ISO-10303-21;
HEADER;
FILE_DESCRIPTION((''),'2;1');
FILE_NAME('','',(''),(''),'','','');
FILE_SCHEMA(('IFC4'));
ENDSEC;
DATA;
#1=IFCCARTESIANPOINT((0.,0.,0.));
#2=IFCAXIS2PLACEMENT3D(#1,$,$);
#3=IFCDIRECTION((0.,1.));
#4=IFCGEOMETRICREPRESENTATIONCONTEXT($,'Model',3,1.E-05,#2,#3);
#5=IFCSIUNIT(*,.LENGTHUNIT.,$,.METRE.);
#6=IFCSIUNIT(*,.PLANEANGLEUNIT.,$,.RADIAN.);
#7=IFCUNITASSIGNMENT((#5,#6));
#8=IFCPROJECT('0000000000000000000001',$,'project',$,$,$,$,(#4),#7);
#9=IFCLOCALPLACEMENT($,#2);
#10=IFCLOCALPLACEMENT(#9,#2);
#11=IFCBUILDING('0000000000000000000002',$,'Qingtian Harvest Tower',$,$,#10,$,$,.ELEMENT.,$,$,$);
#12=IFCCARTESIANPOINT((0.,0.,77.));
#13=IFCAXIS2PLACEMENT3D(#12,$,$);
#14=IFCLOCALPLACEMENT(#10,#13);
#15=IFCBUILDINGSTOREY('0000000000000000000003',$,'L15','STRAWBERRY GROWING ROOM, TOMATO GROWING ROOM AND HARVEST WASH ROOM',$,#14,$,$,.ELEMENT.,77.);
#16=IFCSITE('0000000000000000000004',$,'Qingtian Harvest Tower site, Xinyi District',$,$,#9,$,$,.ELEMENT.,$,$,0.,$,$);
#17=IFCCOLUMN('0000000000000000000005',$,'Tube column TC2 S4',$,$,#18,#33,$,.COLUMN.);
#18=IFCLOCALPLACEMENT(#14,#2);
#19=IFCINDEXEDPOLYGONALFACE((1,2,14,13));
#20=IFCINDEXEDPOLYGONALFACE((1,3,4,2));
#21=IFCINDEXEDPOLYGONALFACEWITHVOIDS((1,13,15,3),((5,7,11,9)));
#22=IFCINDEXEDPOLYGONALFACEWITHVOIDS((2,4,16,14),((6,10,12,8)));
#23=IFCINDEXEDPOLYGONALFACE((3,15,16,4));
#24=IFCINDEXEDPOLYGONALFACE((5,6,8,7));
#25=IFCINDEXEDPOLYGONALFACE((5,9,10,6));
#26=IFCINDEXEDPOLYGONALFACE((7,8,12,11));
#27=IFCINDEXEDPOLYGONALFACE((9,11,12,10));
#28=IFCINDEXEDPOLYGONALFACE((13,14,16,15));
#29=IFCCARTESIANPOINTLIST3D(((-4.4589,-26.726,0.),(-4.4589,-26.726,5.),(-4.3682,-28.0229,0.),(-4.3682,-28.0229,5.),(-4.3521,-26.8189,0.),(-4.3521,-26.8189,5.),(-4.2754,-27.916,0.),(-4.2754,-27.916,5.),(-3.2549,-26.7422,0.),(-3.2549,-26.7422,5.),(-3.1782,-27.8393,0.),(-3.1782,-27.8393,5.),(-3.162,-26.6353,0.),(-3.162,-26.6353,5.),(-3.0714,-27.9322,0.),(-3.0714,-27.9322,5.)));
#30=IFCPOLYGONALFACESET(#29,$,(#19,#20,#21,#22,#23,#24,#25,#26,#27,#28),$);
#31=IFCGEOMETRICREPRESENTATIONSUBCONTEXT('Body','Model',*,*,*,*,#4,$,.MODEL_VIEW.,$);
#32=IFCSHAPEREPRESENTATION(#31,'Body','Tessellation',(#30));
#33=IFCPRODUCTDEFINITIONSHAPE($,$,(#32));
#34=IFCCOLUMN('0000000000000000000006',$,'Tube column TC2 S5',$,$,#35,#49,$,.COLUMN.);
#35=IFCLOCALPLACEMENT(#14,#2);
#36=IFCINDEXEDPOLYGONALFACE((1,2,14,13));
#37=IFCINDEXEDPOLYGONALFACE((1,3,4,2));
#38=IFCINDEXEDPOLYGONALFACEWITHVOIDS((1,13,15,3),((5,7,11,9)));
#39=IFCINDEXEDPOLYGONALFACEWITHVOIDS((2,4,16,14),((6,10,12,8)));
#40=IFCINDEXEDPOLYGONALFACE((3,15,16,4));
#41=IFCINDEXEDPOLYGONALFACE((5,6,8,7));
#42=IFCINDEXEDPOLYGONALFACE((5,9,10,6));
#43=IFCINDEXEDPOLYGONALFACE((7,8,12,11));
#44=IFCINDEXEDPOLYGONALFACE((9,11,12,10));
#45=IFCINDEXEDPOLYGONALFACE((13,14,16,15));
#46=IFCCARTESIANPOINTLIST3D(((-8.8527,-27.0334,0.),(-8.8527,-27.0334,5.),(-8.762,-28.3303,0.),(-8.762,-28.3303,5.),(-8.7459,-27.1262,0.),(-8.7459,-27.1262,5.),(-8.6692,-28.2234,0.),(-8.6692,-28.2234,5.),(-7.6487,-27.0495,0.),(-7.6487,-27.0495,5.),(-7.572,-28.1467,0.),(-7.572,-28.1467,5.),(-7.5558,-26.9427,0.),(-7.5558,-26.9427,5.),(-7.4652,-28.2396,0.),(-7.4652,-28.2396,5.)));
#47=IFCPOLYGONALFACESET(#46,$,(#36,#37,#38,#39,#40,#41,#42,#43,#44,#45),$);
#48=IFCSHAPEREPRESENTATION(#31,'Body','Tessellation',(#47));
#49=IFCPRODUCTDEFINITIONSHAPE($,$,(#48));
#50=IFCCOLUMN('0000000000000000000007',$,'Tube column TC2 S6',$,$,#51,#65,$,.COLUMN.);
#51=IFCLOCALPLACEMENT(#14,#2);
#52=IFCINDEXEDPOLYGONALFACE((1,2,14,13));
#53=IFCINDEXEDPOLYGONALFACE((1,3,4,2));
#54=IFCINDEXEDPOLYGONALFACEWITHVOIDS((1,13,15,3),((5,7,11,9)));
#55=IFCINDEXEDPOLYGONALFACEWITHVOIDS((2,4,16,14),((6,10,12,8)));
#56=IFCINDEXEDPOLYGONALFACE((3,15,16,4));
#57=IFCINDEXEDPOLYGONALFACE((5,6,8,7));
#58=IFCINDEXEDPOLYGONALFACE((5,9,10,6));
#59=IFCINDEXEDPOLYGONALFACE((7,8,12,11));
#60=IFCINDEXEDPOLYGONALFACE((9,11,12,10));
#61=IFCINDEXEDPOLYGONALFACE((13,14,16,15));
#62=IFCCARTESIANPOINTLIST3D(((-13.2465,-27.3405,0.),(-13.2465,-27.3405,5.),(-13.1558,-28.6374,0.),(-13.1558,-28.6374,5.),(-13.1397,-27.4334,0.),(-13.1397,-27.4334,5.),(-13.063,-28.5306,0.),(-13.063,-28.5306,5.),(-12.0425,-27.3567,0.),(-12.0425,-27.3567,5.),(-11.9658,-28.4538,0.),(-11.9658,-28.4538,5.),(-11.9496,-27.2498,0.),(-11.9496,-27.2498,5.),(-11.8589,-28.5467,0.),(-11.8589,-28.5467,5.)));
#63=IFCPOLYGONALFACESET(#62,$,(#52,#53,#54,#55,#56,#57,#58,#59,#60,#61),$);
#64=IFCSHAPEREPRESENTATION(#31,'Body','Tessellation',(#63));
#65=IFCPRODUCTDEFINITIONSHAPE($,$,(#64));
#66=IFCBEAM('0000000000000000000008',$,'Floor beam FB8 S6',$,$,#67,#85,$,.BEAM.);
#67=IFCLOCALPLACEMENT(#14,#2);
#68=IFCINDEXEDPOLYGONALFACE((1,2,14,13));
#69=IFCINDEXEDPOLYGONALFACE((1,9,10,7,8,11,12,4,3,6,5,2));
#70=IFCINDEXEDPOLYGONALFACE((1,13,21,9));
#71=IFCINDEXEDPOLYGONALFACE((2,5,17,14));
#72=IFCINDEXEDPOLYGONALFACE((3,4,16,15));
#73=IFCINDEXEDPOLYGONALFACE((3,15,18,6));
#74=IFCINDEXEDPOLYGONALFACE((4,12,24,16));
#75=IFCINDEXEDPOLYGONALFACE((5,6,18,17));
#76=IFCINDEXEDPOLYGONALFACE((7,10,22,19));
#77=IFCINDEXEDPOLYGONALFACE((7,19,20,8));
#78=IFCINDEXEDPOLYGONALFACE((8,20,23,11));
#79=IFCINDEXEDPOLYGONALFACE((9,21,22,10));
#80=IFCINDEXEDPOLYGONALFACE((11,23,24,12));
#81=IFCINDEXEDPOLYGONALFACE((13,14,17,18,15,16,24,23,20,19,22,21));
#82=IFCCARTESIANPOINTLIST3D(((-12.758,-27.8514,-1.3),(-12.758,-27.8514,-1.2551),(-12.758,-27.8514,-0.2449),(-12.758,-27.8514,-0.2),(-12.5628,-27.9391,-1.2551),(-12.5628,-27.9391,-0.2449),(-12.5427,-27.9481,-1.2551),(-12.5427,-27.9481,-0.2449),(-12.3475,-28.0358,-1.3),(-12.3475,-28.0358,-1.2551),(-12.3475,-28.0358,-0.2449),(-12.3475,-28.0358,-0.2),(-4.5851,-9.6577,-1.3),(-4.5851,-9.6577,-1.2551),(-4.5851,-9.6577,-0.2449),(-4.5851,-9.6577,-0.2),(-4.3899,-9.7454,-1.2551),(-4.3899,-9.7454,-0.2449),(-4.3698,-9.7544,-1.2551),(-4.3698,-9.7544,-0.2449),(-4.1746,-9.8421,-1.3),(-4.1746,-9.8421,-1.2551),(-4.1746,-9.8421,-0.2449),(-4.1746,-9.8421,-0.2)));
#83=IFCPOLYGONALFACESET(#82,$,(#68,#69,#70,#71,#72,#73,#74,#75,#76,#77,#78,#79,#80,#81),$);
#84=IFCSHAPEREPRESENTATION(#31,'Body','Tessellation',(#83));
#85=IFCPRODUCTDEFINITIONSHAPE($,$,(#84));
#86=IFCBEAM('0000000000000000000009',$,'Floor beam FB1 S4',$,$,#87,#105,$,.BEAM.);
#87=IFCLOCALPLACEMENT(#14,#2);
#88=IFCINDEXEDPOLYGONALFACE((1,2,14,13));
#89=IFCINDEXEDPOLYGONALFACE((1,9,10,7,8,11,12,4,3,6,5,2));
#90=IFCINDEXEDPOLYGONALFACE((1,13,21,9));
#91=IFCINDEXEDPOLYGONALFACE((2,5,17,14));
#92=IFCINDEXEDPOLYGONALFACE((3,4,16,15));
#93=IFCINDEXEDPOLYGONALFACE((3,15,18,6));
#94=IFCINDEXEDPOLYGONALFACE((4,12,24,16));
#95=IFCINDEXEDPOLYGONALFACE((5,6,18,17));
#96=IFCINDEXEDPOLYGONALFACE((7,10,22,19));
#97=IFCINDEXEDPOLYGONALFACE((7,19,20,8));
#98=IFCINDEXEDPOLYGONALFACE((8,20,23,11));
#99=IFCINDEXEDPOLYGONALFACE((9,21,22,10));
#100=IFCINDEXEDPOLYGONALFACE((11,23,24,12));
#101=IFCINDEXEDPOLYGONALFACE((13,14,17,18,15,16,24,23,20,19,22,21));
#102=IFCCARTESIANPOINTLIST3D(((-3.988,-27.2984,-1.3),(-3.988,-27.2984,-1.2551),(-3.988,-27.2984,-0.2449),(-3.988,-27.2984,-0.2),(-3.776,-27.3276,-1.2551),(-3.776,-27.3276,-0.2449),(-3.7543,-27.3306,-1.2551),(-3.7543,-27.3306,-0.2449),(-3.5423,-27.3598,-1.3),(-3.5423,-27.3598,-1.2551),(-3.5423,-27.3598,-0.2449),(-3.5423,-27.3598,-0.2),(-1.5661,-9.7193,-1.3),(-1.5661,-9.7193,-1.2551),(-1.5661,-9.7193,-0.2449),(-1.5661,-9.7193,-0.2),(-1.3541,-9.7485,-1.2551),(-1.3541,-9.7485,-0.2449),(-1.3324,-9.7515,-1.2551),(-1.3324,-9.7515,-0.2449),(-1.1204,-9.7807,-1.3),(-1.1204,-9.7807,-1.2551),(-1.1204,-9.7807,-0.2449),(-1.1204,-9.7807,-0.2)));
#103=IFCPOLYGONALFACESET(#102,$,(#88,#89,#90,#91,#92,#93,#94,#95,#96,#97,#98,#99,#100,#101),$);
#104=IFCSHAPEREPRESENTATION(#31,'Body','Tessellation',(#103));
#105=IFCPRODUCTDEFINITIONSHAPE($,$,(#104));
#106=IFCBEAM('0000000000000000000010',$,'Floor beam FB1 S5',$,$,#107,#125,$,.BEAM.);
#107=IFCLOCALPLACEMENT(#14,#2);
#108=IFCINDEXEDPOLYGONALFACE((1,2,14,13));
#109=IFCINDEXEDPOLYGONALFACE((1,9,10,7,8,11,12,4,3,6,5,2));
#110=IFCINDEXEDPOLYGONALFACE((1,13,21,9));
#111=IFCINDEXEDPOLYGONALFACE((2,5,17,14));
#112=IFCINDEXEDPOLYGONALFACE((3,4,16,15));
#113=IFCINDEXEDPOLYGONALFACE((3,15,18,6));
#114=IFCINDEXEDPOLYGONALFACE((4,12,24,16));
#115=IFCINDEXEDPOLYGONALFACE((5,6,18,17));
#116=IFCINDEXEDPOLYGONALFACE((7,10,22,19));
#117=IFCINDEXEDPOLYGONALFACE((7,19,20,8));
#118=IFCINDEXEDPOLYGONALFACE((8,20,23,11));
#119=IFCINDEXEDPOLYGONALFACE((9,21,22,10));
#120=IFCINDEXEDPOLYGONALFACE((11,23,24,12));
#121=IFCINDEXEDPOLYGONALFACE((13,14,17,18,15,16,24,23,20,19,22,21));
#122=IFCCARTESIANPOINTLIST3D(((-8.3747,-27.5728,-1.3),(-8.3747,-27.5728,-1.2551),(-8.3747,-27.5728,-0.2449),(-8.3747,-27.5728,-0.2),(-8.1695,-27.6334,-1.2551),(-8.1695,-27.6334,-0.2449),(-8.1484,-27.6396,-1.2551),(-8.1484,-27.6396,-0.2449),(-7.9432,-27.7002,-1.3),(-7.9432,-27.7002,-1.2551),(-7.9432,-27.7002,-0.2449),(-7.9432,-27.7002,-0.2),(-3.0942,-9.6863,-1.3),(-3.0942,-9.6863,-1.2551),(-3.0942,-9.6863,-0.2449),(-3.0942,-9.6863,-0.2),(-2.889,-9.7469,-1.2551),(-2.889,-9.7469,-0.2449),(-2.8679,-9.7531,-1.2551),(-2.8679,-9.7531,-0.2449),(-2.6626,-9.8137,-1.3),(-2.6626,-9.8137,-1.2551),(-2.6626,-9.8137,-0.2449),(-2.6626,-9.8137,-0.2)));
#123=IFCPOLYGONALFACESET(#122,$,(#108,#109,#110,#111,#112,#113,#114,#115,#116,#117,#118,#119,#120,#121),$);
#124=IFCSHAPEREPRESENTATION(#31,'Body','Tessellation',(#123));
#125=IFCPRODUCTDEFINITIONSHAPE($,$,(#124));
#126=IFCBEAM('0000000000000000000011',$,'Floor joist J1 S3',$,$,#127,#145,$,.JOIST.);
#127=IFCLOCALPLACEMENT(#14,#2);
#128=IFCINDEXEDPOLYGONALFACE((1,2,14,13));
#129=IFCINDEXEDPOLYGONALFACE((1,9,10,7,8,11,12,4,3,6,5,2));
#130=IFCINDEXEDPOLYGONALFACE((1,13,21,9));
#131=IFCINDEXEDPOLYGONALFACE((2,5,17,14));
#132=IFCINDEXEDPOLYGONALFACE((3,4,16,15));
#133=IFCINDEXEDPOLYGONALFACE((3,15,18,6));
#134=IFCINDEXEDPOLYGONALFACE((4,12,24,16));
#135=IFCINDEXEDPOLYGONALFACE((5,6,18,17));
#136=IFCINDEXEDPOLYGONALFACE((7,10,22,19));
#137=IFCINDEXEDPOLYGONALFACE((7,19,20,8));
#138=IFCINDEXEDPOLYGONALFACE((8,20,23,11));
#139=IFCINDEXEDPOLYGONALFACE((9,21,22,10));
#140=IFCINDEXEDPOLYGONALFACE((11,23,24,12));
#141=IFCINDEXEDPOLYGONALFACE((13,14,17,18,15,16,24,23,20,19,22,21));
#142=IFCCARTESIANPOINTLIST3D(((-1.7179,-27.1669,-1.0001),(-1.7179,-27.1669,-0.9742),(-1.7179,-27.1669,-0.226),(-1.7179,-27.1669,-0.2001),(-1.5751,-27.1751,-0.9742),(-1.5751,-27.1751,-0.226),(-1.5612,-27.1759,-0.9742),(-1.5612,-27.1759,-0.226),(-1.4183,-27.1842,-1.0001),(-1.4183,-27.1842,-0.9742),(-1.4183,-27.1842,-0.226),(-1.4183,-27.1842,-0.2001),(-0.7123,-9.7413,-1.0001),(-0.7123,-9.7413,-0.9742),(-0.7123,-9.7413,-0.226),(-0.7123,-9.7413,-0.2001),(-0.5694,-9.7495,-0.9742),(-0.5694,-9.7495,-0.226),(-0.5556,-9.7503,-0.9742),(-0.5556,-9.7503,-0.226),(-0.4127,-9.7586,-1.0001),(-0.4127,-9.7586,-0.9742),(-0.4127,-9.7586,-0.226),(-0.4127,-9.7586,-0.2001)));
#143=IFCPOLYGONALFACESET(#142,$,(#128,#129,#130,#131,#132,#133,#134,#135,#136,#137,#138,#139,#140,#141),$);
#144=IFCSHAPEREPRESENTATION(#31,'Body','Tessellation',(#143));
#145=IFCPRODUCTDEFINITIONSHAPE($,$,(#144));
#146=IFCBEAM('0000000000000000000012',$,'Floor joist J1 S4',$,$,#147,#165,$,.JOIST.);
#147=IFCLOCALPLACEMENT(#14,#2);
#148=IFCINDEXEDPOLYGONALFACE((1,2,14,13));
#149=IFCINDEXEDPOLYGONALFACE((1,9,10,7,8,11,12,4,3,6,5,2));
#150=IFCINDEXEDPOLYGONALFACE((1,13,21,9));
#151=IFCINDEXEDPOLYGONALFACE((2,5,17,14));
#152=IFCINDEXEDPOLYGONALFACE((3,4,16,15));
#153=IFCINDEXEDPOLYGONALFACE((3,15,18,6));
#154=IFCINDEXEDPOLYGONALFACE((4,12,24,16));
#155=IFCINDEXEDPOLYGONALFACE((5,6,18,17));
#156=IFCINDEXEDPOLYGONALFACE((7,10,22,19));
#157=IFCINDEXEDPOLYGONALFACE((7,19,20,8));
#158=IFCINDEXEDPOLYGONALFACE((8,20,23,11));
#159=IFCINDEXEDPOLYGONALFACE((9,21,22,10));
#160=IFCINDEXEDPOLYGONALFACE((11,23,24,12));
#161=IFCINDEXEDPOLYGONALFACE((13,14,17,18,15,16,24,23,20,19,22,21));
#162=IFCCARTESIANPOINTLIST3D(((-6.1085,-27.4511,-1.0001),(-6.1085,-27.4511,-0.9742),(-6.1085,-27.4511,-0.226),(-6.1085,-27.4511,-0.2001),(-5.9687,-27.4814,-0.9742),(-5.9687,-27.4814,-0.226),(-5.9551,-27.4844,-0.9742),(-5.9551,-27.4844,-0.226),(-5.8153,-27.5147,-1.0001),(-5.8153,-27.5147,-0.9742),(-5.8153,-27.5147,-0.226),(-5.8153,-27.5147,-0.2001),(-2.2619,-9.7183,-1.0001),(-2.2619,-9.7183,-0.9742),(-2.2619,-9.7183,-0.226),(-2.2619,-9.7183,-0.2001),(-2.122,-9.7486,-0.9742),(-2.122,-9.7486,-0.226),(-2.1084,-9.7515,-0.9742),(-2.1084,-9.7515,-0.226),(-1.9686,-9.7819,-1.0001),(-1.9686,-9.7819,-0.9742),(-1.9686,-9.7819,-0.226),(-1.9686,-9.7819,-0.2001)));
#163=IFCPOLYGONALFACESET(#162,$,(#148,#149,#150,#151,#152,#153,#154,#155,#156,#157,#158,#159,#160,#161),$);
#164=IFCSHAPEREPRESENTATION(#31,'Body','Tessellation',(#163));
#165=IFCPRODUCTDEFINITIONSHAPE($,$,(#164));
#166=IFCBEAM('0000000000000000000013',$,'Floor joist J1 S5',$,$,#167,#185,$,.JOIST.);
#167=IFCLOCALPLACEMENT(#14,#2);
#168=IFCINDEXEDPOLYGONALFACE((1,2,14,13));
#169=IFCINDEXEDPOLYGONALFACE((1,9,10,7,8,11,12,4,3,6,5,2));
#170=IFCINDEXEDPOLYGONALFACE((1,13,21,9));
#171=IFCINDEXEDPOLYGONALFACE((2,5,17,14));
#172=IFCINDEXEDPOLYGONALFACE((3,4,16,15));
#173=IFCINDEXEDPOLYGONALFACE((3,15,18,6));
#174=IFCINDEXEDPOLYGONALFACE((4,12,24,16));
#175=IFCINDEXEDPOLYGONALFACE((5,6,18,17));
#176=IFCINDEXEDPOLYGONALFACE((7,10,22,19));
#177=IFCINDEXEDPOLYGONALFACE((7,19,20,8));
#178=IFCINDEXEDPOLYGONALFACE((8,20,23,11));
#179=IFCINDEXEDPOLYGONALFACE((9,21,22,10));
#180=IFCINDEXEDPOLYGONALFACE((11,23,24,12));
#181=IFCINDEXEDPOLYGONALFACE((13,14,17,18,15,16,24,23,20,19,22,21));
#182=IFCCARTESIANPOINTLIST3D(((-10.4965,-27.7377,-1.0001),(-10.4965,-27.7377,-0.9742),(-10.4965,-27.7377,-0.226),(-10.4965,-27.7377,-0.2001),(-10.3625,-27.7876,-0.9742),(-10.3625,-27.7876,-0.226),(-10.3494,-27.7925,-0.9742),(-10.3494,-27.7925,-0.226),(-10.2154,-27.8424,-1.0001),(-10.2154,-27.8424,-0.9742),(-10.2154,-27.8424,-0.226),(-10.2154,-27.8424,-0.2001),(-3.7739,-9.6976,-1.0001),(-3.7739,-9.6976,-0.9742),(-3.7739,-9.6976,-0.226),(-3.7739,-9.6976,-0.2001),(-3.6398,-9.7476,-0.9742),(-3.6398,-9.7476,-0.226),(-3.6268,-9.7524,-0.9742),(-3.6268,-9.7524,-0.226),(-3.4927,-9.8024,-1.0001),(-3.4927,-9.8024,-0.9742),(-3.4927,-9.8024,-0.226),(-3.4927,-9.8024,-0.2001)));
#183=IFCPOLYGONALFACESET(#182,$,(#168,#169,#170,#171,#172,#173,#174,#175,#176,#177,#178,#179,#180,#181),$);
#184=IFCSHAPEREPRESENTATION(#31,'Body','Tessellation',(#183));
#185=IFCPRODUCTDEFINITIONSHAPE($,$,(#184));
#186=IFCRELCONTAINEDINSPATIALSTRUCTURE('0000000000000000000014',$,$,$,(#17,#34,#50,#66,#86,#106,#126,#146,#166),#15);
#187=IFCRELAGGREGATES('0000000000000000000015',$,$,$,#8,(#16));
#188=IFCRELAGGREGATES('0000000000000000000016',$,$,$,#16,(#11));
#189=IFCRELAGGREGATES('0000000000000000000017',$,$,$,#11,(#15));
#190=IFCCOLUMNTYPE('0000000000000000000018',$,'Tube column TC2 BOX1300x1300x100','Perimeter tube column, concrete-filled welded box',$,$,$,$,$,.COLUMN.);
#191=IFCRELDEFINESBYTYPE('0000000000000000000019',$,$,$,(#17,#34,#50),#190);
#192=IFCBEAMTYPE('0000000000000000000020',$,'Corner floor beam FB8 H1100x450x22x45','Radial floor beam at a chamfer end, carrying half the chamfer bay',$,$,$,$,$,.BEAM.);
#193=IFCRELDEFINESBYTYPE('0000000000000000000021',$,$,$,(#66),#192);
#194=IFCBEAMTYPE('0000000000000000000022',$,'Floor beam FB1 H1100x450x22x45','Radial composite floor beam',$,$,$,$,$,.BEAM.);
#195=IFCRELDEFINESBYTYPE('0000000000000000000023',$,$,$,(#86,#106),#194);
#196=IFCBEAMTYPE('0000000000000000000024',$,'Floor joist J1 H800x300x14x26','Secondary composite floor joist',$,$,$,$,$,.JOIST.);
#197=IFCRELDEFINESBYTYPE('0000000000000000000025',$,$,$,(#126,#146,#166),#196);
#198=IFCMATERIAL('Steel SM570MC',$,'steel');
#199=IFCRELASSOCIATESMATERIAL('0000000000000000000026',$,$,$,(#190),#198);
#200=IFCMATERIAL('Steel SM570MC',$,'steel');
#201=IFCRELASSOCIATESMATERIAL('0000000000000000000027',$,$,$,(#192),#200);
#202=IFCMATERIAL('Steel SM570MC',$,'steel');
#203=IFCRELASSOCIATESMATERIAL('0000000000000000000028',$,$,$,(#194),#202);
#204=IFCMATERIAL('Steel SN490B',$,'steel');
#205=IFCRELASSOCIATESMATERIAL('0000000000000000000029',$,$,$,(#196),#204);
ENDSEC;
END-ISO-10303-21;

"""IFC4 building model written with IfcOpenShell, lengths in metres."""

from ifc_helpers import new_model, si_unit, direction, frame, origin, origin_2d, place, context, subcontext, project, spatial, hollow_rectangle, i_section, extrude, material, material_profile, profile_set, type_object, element, save


model = new_model("IFC4")

# Units and contexts
model_context = context("Model", 3, precision=1e-05, world=origin(), true_north=direction((0.0, 1.0)))
body_context = subcontext(model_context, "Body", "Model", "MODEL_VIEW")
ifc_project = project(units=[si_unit("LENGTHUNIT", "METRE"), si_unit("PLANEANGLEUNIT", "RADIAN")], contexts=[model_context])

# Site, building, storey
site_placement = place(None, origin())
site = spatial("IfcSite", under=ifc_project, at=site_placement, Name="Qingtian Harvest Tower site, Xinyi District", CompositionType="ELEMENT", RefElevation=0.0)
building_placement = place(site_placement, origin())
building = spatial("IfcBuilding", under=site, at=building_placement, Name="Qingtian Harvest Tower", CompositionType="ELEMENT")
storey_placement = place(building_placement, frame((0.0, 0.0, 77.0)))
storey = spatial("IfcBuildingStorey", under=building, at=storey_placement, Name="L15", Description="STRAWBERRY GROWING ROOM, TOMATO GROWING ROOM AND HARVEST WASH ROOM", CompositionType="ELEMENT", Elevation=77.0)

# Columns
ifc_material_1 = material(Name="Steel SM570MC", Category="steel")
ifc_material_profile_1 = material_profile(ifc_material_1, hollow_rectangle(XDim=1.3, YDim=1.3, WallThickness=0.1001, at=origin_2d()), Name="BOX1300x1300x100")
ifc_profile_set_1 = profile_set([ifc_material_profile_1], Name="Steel SM570MC")
column_type = type_object("IfcColumnType", Name="Tube column TC2 BOX1300x1300x100", Description="Perimeter tube column, concrete-filled welded box", PredefinedType="COLUMN", material=ifc_profile_set_1)
for number, where, z_axis, x_axis, name in (
    (1, (-3.7651, -27.3291, 0.0), (0.0, 0.0, 1.0), (0.997564, 0.069756, 0.0), "Tube column TC2 S4"),
    (2, (-8.1589, -27.6365, 0.0), (0.0, 0.0, 1.0), (0.997564, 0.069756, 0.0), "Tube column TC2 S5"),
    (3, (-12.5527, -27.9436, 0.0), (0.0, 0.0, 1.0), (0.997564, 0.069756, 0.0), "Tube column TC2 S6"),
):
    element("IfcColumn", number, at=place(storey_placement, frame(where, z_axis=z_axis, x_axis=x_axis)), inside=storey, type_object=column_type, Name=name, PredefinedType="COLUMN", context=body_context, shape_type="SweptSolid", body=[
        extrude(hollow_rectangle(XDim=1.3, YDim=1.3, WallThickness=0.1001, at=origin_2d()), origin(), (0.0, 0.0, 1.0), 5.0),
    ])

# Beams
ifc_material_2 = material(Name="Steel SM570MC", Category="steel")
ifc_material_profile_2 = material_profile(ifc_material_2, i_section(OverallWidth=0.45, OverallDepth=1.1001, WebThickness=0.022, FlangeThickness=0.0449, at=origin_2d()), Name="H1100x450x22x45")
ifc_profile_set_2 = profile_set([ifc_material_profile_2], Name="Steel SM570MC")
beam_type_1 = type_object("IfcBeamType", Name="Corner floor beam FB8 H1100x450x22x45", Description="Radial floor beam at a chamfer end, carrying half the chamfer bay", PredefinedType="BEAM", material=ifc_profile_set_2)
beam_1_placement = place(storey_placement, frame((-12.5527, -27.9436, -0.75), z_axis=(0.40977, 0.912189, 0.0), x_axis=(-0.912189, 0.40977, 0.0)))
element("IfcBeam", 4, at=beam_1_placement, inside=storey, type_object=beam_type_1, Name="Floor beam FB8 S6", PredefinedType="BEAM", context=body_context, shape_type="SweptSolid", body=[
    extrude(i_section(OverallWidth=0.45, OverallDepth=1.1001, WebThickness=0.022, FlangeThickness=0.0449, at=origin_2d()), origin(), (0.0, 0.0, 1.0), 19.9451),
])
ifc_material_3 = material(Name="Steel SM570MC", Category="steel")
ifc_material_profile_3 = material_profile(ifc_material_3, i_section(OverallWidth=0.45, OverallDepth=1.1001, WebThickness=0.022, FlangeThickness=0.0449, at=origin_2d()), Name="H1100x450x22x45")
ifc_profile_set_3 = profile_set([ifc_material_profile_3], Name="Steel SM570MC")
beam_type_2 = type_object("IfcBeamType", Name="Floor beam FB1 H1100x450x22x45", Description="Radial composite floor beam", PredefinedType="BEAM", material=ifc_profile_set_3)
beam_2_placement = place(storey_placement, frame((-3.7651, -27.3291, -0.75), z_axis=(0.136481, 0.990643, 0.0), x_axis=(-0.990643, 0.136481, 0.0)))
element("IfcBeam", 5, at=beam_2_placement, inside=storey, type_object=beam_type_2, Name="Floor beam FB1 S4", PredefinedType="BEAM", context=body_context, shape_type="SweptSolid", body=[
    extrude(i_section(OverallWidth=0.45, OverallDepth=1.1001, WebThickness=0.022, FlangeThickness=0.0449, at=origin_2d()), origin(), (0.0, 0.0, 1.0), 17.7451),
])
beam_3_placement = place(storey_placement, frame((-8.1589, -27.6365, -0.75), z_axis=(0.283143, 0.959078, 0.0), x_axis=(-0.959078, 0.283143, 0.0)))
element("IfcBeam", 6, at=beam_3_placement, inside=storey, type_object=beam_type_2, Name="Floor beam FB1 S5", PredefinedType="BEAM", context=body_context, shape_type="SweptSolid", body=[
    extrude(i_section(OverallWidth=0.45, OverallDepth=1.1001, WebThickness=0.022, FlangeThickness=0.0449, at=origin_2d()), origin(), (0.0, 0.0, 1.0), 18.6497),
])
ifc_material_4 = material(Name="Steel SN490B", Category="steel")
ifc_material_profile_4 = material_profile(ifc_material_4, i_section(OverallWidth=0.3, OverallDepth=0.8, WebThickness=0.0139, FlangeThickness=0.0259, at=origin_2d()), Name="H800x300x14x26")
ifc_profile_set_4 = profile_set([ifc_material_profile_4], Name="Steel SN490B")
beam_type_3 = type_object("IfcBeamType", Name="Floor joist J1 H800x300x14x26", Description="Secondary composite floor joist", PredefinedType="JOIST", material=ifc_profile_set_4)
beam_4_placement = place(storey_placement, frame((-1.5681, -27.1755, -0.6001), z_axis=(0.057613, 0.998339, 0.0), x_axis=(-0.998339, 0.057613, 0.0)))
element("IfcBeam", 7, at=beam_4_placement, inside=storey, type_object=beam_type_3, Name="Floor joist J1 S3", PredefinedType="JOIST", context=body_context, shape_type="SweptSolid", body=[
    extrude(i_section(OverallWidth=0.3, OverallDepth=0.8, WebThickness=0.0139, FlangeThickness=0.0259, at=origin_2d()), origin(), (0.0, 0.0, 1.0), 17.4546),
])
beam_5_placement = place(storey_placement, frame((-5.9619, -27.4829, -0.6001), z_axis=(0.211993, 0.977271, 0.0), x_axis=(-0.977271, 0.211993, 0.0)))
element("IfcBeam", 8, at=beam_5_placement, inside=storey, type_object=beam_type_3, Name="Floor joist J1 S4", PredefinedType="JOIST", context=body_context, shape_type="SweptSolid", body=[
    extrude(i_section(OverallWidth=0.3, OverallDepth=0.8, WebThickness=0.0139, FlangeThickness=0.0259, at=origin_2d()), origin(), (0.0, 0.0, 1.0), 18.1453),
])
beam_6_placement = place(storey_placement, frame((-10.356, -27.79, -0.6001), z_axis=(0.349194, 0.937051, 0.0), x_axis=(-0.937051, 0.349194, 0.0)))
element("IfcBeam", 9, at=beam_6_placement, inside=storey, type_object=beam_type_3, Name="Floor joist J1 S5", PredefinedType="JOIST", context=body_context, shape_type="SweptSolid", body=[
    extrude(i_section(OverallWidth=0.3, OverallDepth=0.8, WebThickness=0.0139, FlangeThickness=0.0259, at=origin_2d()), origin(), (0.0, 0.0, 1.0), 19.252),
])

save(model, "model.ifc")
